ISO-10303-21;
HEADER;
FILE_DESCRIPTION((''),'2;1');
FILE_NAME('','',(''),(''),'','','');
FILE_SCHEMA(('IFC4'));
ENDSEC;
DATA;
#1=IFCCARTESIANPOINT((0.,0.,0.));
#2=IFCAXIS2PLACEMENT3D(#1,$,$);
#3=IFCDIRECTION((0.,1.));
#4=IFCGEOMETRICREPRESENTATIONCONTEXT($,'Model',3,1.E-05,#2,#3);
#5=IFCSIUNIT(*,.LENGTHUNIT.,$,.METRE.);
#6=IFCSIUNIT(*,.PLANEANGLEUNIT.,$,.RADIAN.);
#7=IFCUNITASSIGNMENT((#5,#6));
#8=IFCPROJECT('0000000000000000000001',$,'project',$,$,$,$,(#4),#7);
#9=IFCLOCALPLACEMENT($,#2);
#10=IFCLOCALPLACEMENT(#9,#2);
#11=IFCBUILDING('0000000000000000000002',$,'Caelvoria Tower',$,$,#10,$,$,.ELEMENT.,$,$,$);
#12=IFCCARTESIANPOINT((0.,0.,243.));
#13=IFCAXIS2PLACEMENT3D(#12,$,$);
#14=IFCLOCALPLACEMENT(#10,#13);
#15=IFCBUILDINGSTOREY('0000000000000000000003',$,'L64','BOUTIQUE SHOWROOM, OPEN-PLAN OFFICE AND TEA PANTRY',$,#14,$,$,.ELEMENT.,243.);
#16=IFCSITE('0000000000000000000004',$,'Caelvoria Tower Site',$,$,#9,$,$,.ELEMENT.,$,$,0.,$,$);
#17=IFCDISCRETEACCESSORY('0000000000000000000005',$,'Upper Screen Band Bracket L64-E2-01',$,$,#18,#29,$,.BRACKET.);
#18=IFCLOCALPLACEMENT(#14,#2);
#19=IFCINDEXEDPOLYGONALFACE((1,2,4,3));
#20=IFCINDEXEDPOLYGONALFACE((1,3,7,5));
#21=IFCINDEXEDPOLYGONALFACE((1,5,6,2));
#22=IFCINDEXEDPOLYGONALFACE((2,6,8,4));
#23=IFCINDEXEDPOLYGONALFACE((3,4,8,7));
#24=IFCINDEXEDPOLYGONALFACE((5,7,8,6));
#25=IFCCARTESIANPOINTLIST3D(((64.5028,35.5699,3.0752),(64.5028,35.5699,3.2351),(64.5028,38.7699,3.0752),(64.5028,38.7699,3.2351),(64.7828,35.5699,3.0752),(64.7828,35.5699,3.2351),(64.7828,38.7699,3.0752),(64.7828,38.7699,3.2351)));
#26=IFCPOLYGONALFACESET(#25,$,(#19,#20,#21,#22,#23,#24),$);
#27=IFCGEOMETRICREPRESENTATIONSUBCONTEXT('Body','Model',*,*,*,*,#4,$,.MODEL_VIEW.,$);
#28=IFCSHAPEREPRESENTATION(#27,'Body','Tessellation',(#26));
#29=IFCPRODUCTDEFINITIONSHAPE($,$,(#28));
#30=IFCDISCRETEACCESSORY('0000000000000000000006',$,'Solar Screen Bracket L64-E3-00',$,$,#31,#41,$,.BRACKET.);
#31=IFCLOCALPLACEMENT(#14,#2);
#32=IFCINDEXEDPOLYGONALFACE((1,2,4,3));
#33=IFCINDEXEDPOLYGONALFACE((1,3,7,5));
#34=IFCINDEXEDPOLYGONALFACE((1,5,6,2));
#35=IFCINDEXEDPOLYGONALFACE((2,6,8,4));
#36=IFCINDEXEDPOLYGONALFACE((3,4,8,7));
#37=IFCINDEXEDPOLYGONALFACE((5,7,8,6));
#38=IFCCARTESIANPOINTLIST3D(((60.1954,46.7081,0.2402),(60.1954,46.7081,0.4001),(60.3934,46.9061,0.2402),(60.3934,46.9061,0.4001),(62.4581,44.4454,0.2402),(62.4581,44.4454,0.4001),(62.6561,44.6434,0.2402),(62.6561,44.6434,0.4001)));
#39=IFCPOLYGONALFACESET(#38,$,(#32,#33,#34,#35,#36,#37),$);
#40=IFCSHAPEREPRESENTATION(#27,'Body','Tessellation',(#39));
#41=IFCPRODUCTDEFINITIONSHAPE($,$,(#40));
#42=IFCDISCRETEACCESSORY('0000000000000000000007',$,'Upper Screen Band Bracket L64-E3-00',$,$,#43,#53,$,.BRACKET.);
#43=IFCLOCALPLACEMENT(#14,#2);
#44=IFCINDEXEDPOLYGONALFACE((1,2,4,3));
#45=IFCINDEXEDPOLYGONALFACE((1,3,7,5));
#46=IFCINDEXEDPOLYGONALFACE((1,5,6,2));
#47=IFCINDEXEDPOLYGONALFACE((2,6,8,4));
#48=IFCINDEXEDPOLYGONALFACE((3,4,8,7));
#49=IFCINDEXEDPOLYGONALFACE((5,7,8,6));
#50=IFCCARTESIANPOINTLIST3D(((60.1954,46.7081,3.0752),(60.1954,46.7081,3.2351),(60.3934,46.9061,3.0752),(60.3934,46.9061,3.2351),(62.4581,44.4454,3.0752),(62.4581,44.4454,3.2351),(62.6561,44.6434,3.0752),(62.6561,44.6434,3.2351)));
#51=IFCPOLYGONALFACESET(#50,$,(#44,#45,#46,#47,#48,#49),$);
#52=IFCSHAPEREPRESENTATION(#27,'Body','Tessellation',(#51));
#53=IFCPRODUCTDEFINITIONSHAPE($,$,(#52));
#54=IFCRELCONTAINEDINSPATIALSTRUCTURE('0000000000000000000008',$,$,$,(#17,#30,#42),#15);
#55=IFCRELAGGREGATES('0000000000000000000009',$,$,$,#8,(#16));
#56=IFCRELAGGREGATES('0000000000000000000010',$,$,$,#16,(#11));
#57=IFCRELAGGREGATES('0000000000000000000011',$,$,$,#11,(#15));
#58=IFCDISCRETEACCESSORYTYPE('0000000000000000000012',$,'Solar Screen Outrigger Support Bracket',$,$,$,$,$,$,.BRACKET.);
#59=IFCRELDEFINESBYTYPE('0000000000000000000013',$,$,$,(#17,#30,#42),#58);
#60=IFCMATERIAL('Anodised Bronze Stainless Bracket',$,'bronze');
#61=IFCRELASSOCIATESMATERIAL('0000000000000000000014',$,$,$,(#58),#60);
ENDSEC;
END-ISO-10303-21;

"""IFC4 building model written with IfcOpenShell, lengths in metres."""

from ifc_helpers import new_model, si_unit, direction, frame, origin, origin_2d, place, context, subcontext, project, spatial, rectangle, extrude, material, type_object, element, save


model = new_model("IFC4")

# Units and contexts
model_context = context("Model", 3, precision=1e-05, world=origin(), true_north=direction((0.0, 1.0)))
body_context = subcontext(model_context, "Body", "Model", "MODEL_VIEW")
ifc_project = project(units=[si_unit("LENGTHUNIT", "METRE"), si_unit("PLANEANGLEUNIT", "RADIAN")], contexts=[model_context])

# Site, building, storey
site_placement = place(None, origin())
site = spatial("IfcSite", under=ifc_project, at=site_placement, Name="Caelvoria Tower Site", CompositionType="ELEMENT", RefElevation=0.0)
building_placement = place(site_placement, origin())
building = spatial("IfcBuilding", under=site, at=building_placement, Name="Caelvoria Tower", CompositionType="ELEMENT")
storey_placement = place(building_placement, frame((0.0, 0.0, 243.0)))
storey = spatial("IfcBuildingStorey", under=building, at=storey_placement, Name="L64", Description="BOUTIQUE SHOWROOM, OPEN-PLAN OFFICE AND TEA PANTRY", CompositionType="ELEMENT", Elevation=243.0)

# Discrete accessories
ifc_material_1 = material(Name="Anodised Bronze Stainless Bracket", Category="bronze")
discrete_accessory_type = type_object("IfcDiscreteAccessoryType", Name="Solar Screen Outrigger Support Bracket", PredefinedType="BRACKET", material=ifc_material_1)
for number, where, z_axis, x_axis, name in (
    (1, (64.6428, 37.1699, 3.0752), (0.0, 0.0, 1.0), (0.0, 1.0, 0.0), "Upper Screen Band Bracket L64-E2-01"),
    (2, (61.4258, 45.6758, 0.2402), (0.0, 0.0, 1.0), (-0.707107, 0.707107, 0.0), "Solar Screen Bracket L64-E3-00"),
    (3, (61.4258, 45.6758, 3.0752), (0.0, 0.0, 1.0), (-0.707107, 0.707107, 0.0), "Upper Screen Band Bracket L64-E3-00"),
):
    element("IfcDiscreteAccessory", number, at=place(storey_placement, frame(where, z_axis=z_axis, x_axis=x_axis)), inside=storey, type_object=discrete_accessory_type, Name=name, PredefinedType="BRACKET", context=body_context, shape_type="SweptSolid", body=[
        extrude(rectangle(XDim=3.2, YDim=0.28, at=origin_2d()), origin(), (0.0, 0.0, 1.0), 0.1599),
    ])

save(model, "model.ifc")
